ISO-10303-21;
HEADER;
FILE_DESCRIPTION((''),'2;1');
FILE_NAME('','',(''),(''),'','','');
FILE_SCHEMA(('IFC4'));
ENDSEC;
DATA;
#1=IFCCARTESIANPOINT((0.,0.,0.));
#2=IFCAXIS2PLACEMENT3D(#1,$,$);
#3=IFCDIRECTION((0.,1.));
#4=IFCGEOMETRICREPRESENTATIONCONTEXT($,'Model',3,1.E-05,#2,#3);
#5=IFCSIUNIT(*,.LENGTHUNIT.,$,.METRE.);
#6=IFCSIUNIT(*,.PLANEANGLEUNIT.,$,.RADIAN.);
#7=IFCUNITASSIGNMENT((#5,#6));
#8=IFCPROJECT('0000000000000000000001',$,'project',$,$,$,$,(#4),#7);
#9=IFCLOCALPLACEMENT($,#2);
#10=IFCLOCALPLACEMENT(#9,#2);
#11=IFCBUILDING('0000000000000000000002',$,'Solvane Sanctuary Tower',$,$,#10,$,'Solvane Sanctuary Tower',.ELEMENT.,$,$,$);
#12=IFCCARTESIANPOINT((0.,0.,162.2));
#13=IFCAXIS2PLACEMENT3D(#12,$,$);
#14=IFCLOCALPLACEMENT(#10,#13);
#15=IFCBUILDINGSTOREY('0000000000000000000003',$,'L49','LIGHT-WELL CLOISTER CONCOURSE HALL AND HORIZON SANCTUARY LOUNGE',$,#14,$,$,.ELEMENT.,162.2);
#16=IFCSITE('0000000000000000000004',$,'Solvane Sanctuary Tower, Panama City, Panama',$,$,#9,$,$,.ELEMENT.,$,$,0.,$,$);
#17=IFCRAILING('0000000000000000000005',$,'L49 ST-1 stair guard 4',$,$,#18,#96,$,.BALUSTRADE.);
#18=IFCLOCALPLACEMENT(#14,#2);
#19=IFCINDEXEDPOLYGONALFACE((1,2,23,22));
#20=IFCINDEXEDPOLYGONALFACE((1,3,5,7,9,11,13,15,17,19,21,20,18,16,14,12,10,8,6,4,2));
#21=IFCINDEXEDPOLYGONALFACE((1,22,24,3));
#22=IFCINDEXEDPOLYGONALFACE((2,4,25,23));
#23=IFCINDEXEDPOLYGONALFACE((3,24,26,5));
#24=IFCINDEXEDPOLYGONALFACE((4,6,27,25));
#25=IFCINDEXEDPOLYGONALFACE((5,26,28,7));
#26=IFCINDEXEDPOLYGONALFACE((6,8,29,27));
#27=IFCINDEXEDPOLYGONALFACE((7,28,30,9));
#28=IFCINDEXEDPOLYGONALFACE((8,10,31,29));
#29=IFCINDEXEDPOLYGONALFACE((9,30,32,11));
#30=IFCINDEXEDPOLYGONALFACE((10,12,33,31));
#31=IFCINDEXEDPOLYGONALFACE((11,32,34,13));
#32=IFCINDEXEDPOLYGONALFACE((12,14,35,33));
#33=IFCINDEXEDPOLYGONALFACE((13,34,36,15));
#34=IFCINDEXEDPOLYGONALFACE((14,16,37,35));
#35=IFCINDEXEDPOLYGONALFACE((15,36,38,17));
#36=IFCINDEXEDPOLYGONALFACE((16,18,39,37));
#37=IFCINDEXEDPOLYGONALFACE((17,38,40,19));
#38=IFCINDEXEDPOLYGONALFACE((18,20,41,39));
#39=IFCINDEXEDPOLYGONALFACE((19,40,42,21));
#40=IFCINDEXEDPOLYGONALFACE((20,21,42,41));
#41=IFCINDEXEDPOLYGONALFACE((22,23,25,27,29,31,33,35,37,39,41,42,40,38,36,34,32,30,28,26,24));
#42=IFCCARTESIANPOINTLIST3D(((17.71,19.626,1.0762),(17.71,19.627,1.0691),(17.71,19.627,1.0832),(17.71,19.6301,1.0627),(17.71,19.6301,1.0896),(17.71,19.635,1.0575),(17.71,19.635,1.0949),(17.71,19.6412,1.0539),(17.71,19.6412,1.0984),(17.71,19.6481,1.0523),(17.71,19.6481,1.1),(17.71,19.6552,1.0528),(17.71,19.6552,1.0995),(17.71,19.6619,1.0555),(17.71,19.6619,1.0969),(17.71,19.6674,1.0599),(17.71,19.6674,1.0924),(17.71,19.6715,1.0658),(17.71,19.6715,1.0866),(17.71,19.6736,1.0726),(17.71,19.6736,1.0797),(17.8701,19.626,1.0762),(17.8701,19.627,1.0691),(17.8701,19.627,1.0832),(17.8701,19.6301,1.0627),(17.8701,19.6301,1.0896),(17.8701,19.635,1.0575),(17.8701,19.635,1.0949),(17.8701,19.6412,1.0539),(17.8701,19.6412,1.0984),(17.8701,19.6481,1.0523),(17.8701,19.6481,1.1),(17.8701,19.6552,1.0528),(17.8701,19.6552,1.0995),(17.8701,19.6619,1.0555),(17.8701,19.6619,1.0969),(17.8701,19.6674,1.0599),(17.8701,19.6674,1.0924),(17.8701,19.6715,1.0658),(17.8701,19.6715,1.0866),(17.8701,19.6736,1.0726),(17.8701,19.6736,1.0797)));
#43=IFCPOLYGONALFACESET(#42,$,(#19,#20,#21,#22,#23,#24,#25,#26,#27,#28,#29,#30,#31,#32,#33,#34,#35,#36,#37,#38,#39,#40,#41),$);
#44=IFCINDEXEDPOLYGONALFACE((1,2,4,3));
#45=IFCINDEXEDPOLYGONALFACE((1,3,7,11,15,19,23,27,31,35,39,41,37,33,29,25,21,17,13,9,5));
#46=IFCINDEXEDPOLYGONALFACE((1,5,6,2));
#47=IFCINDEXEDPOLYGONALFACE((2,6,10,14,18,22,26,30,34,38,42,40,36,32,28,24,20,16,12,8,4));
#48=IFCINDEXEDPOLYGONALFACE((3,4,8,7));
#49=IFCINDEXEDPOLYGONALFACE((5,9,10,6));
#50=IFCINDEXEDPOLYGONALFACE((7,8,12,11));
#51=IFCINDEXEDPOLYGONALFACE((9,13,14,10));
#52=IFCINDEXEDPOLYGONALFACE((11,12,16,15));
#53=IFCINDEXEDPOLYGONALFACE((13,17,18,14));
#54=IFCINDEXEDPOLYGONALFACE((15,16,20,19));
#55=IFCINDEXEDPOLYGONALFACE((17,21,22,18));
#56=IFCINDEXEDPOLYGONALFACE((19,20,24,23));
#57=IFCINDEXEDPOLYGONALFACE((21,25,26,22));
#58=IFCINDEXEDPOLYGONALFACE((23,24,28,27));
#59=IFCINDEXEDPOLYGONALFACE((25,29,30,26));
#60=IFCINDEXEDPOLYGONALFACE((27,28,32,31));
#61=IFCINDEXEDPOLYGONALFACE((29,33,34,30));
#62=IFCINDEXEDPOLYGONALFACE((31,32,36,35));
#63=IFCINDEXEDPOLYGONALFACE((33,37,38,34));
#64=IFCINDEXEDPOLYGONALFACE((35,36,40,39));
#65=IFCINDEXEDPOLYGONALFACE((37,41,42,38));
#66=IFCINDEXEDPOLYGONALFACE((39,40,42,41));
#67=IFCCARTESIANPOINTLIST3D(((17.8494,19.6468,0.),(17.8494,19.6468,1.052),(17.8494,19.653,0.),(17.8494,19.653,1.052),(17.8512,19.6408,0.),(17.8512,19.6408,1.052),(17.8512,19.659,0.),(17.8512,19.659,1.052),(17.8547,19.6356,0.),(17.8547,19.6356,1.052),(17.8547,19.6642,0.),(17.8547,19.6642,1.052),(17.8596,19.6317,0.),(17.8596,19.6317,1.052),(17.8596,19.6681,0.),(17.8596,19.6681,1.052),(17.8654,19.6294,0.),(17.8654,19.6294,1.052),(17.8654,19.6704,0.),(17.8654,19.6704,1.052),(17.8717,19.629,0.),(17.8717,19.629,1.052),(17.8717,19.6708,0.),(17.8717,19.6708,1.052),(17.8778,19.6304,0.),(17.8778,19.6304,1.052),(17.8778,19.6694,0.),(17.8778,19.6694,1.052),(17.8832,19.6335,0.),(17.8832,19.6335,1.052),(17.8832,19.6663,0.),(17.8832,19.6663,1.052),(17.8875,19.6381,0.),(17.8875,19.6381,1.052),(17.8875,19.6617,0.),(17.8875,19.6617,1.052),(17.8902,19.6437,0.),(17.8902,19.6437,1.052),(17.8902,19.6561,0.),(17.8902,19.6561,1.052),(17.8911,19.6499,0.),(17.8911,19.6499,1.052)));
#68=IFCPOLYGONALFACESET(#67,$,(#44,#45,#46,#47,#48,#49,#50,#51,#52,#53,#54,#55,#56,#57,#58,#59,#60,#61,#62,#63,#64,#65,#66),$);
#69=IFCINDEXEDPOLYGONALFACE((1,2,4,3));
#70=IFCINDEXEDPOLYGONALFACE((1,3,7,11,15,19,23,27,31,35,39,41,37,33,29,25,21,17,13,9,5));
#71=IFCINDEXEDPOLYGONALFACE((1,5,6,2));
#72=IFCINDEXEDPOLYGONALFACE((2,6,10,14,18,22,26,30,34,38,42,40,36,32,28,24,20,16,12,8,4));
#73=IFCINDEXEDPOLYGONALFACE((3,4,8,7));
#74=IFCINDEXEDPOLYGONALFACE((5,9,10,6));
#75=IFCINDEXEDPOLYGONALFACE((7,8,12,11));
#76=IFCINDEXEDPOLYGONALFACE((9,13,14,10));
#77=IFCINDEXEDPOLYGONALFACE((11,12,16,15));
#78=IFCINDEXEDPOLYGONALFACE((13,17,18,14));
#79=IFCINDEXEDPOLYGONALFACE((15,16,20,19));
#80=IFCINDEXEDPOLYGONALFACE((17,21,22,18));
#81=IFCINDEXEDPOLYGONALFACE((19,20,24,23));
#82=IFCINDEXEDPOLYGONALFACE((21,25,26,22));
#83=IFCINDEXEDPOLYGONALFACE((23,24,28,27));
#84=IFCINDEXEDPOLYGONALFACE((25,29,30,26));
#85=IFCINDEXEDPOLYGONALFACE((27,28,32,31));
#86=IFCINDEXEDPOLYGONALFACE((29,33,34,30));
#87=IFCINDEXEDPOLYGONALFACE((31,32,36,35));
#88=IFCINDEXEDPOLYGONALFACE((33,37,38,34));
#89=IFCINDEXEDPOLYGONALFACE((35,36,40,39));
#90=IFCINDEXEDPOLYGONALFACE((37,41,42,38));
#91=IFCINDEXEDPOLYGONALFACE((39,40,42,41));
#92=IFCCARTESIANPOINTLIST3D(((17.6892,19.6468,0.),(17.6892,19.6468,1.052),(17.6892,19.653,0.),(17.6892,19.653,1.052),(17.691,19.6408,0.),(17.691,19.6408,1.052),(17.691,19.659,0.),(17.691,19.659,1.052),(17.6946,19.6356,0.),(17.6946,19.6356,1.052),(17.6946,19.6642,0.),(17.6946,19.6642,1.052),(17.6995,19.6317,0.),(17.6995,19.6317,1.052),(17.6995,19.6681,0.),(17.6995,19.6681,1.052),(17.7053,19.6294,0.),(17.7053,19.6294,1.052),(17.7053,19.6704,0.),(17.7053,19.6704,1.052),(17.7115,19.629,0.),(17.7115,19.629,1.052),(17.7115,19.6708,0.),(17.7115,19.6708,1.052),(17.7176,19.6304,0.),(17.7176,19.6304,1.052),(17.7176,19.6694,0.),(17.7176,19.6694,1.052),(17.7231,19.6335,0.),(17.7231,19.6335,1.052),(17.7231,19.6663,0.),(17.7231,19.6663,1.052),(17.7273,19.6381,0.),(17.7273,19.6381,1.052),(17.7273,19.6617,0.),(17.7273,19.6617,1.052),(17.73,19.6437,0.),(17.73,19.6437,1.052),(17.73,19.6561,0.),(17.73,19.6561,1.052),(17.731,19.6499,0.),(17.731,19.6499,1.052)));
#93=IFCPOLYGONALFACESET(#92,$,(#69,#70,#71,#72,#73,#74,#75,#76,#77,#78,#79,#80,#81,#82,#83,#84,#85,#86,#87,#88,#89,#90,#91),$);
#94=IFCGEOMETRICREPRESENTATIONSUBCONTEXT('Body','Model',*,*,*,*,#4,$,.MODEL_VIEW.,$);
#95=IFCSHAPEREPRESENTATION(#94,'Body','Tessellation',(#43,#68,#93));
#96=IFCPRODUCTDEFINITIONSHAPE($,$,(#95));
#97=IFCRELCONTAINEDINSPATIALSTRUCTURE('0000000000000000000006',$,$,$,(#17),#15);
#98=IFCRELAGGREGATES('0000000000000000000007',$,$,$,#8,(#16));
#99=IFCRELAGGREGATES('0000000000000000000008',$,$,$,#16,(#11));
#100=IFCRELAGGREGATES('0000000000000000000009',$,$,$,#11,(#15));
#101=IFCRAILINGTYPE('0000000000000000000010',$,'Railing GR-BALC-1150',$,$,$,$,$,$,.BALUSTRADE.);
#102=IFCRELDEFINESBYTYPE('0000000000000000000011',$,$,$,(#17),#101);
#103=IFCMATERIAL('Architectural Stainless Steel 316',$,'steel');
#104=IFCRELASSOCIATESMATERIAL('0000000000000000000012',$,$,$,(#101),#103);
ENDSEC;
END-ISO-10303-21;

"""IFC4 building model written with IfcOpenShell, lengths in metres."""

from ifc_helpers import new_model, si_unit, direction, frame, origin, origin_2d, place, context, subcontext, project, spatial, circle, extrude, material, type_object, element, save


model = new_model("IFC4")

# Units and contexts
model_context = context("Model", 3, precision=1e-05, world=origin(), true_north=direction((0.0, 1.0)))
body_context = subcontext(model_context, "Body", "Model", "MODEL_VIEW")
ifc_project = project(units=[si_unit("LENGTHUNIT", "METRE"), si_unit("PLANEANGLEUNIT", "RADIAN")], contexts=[model_context])

# Site, building, storey
site_placement = place(None, origin())
site = spatial("IfcSite", under=ifc_project, at=site_placement, Name="Solvane Sanctuary Tower, Panama City, Panama", CompositionType="ELEMENT", RefElevation=0.0)
building_placement = place(site_placement, origin())
building = spatial("IfcBuilding", under=site, at=building_placement, Name="Solvane Sanctuary Tower", LongName="Solvane Sanctuary Tower", CompositionType="ELEMENT")
storey_placement = place(building_placement, frame((0.0, 0.0, 162.2)))
storey = spatial("IfcBuildingStorey", under=building, at=storey_placement, Name="L49", Description="LIGHT-WELL CLOISTER CONCOURSE HALL AND HORIZON SANCTUARY LOUNGE", CompositionType="ELEMENT", Elevation=162.2)

# Shared definitions
ifc_material_1 = material(Name="Architectural Stainless Steel 316", Category="steel")

# Railing
railing_type_1 = type_object("IfcRailingType", Name="Railing GR-BALC-1150", PredefinedType="BALUSTRADE", material=ifc_material_1)
railing_1_placement = place(storey_placement, frame((17.8701, 19.6499, 0.0)))
element("IfcRailing", 1, at=railing_1_placement, inside=storey, type_object=railing_type_1, Name="L49 ST-1 stair guard 4", PredefinedType="BALUSTRADE", context=body_context, shape_type="SweptSolid", body=[
    extrude(circle(Radius=0.0239, at=origin_2d()), frame((0.0, 0.0, 1.0762), z_axis=(-1.0, 0.0, 0.0), x_axis=(0.0, -1.0, 0.0)), (0.0, 0.0, 1.0), 0.1602),
    extrude(circle(Radius=0.021, at=origin_2d()), origin(), (0.0, 0.0, 1.0), 1.052),
    extrude(circle(Radius=0.021, at=origin_2d()), frame((-0.1602, 0.0, 0.0)), (0.0, 0.0, 1.0), 1.052),
])

save(model, "model.ifc")
